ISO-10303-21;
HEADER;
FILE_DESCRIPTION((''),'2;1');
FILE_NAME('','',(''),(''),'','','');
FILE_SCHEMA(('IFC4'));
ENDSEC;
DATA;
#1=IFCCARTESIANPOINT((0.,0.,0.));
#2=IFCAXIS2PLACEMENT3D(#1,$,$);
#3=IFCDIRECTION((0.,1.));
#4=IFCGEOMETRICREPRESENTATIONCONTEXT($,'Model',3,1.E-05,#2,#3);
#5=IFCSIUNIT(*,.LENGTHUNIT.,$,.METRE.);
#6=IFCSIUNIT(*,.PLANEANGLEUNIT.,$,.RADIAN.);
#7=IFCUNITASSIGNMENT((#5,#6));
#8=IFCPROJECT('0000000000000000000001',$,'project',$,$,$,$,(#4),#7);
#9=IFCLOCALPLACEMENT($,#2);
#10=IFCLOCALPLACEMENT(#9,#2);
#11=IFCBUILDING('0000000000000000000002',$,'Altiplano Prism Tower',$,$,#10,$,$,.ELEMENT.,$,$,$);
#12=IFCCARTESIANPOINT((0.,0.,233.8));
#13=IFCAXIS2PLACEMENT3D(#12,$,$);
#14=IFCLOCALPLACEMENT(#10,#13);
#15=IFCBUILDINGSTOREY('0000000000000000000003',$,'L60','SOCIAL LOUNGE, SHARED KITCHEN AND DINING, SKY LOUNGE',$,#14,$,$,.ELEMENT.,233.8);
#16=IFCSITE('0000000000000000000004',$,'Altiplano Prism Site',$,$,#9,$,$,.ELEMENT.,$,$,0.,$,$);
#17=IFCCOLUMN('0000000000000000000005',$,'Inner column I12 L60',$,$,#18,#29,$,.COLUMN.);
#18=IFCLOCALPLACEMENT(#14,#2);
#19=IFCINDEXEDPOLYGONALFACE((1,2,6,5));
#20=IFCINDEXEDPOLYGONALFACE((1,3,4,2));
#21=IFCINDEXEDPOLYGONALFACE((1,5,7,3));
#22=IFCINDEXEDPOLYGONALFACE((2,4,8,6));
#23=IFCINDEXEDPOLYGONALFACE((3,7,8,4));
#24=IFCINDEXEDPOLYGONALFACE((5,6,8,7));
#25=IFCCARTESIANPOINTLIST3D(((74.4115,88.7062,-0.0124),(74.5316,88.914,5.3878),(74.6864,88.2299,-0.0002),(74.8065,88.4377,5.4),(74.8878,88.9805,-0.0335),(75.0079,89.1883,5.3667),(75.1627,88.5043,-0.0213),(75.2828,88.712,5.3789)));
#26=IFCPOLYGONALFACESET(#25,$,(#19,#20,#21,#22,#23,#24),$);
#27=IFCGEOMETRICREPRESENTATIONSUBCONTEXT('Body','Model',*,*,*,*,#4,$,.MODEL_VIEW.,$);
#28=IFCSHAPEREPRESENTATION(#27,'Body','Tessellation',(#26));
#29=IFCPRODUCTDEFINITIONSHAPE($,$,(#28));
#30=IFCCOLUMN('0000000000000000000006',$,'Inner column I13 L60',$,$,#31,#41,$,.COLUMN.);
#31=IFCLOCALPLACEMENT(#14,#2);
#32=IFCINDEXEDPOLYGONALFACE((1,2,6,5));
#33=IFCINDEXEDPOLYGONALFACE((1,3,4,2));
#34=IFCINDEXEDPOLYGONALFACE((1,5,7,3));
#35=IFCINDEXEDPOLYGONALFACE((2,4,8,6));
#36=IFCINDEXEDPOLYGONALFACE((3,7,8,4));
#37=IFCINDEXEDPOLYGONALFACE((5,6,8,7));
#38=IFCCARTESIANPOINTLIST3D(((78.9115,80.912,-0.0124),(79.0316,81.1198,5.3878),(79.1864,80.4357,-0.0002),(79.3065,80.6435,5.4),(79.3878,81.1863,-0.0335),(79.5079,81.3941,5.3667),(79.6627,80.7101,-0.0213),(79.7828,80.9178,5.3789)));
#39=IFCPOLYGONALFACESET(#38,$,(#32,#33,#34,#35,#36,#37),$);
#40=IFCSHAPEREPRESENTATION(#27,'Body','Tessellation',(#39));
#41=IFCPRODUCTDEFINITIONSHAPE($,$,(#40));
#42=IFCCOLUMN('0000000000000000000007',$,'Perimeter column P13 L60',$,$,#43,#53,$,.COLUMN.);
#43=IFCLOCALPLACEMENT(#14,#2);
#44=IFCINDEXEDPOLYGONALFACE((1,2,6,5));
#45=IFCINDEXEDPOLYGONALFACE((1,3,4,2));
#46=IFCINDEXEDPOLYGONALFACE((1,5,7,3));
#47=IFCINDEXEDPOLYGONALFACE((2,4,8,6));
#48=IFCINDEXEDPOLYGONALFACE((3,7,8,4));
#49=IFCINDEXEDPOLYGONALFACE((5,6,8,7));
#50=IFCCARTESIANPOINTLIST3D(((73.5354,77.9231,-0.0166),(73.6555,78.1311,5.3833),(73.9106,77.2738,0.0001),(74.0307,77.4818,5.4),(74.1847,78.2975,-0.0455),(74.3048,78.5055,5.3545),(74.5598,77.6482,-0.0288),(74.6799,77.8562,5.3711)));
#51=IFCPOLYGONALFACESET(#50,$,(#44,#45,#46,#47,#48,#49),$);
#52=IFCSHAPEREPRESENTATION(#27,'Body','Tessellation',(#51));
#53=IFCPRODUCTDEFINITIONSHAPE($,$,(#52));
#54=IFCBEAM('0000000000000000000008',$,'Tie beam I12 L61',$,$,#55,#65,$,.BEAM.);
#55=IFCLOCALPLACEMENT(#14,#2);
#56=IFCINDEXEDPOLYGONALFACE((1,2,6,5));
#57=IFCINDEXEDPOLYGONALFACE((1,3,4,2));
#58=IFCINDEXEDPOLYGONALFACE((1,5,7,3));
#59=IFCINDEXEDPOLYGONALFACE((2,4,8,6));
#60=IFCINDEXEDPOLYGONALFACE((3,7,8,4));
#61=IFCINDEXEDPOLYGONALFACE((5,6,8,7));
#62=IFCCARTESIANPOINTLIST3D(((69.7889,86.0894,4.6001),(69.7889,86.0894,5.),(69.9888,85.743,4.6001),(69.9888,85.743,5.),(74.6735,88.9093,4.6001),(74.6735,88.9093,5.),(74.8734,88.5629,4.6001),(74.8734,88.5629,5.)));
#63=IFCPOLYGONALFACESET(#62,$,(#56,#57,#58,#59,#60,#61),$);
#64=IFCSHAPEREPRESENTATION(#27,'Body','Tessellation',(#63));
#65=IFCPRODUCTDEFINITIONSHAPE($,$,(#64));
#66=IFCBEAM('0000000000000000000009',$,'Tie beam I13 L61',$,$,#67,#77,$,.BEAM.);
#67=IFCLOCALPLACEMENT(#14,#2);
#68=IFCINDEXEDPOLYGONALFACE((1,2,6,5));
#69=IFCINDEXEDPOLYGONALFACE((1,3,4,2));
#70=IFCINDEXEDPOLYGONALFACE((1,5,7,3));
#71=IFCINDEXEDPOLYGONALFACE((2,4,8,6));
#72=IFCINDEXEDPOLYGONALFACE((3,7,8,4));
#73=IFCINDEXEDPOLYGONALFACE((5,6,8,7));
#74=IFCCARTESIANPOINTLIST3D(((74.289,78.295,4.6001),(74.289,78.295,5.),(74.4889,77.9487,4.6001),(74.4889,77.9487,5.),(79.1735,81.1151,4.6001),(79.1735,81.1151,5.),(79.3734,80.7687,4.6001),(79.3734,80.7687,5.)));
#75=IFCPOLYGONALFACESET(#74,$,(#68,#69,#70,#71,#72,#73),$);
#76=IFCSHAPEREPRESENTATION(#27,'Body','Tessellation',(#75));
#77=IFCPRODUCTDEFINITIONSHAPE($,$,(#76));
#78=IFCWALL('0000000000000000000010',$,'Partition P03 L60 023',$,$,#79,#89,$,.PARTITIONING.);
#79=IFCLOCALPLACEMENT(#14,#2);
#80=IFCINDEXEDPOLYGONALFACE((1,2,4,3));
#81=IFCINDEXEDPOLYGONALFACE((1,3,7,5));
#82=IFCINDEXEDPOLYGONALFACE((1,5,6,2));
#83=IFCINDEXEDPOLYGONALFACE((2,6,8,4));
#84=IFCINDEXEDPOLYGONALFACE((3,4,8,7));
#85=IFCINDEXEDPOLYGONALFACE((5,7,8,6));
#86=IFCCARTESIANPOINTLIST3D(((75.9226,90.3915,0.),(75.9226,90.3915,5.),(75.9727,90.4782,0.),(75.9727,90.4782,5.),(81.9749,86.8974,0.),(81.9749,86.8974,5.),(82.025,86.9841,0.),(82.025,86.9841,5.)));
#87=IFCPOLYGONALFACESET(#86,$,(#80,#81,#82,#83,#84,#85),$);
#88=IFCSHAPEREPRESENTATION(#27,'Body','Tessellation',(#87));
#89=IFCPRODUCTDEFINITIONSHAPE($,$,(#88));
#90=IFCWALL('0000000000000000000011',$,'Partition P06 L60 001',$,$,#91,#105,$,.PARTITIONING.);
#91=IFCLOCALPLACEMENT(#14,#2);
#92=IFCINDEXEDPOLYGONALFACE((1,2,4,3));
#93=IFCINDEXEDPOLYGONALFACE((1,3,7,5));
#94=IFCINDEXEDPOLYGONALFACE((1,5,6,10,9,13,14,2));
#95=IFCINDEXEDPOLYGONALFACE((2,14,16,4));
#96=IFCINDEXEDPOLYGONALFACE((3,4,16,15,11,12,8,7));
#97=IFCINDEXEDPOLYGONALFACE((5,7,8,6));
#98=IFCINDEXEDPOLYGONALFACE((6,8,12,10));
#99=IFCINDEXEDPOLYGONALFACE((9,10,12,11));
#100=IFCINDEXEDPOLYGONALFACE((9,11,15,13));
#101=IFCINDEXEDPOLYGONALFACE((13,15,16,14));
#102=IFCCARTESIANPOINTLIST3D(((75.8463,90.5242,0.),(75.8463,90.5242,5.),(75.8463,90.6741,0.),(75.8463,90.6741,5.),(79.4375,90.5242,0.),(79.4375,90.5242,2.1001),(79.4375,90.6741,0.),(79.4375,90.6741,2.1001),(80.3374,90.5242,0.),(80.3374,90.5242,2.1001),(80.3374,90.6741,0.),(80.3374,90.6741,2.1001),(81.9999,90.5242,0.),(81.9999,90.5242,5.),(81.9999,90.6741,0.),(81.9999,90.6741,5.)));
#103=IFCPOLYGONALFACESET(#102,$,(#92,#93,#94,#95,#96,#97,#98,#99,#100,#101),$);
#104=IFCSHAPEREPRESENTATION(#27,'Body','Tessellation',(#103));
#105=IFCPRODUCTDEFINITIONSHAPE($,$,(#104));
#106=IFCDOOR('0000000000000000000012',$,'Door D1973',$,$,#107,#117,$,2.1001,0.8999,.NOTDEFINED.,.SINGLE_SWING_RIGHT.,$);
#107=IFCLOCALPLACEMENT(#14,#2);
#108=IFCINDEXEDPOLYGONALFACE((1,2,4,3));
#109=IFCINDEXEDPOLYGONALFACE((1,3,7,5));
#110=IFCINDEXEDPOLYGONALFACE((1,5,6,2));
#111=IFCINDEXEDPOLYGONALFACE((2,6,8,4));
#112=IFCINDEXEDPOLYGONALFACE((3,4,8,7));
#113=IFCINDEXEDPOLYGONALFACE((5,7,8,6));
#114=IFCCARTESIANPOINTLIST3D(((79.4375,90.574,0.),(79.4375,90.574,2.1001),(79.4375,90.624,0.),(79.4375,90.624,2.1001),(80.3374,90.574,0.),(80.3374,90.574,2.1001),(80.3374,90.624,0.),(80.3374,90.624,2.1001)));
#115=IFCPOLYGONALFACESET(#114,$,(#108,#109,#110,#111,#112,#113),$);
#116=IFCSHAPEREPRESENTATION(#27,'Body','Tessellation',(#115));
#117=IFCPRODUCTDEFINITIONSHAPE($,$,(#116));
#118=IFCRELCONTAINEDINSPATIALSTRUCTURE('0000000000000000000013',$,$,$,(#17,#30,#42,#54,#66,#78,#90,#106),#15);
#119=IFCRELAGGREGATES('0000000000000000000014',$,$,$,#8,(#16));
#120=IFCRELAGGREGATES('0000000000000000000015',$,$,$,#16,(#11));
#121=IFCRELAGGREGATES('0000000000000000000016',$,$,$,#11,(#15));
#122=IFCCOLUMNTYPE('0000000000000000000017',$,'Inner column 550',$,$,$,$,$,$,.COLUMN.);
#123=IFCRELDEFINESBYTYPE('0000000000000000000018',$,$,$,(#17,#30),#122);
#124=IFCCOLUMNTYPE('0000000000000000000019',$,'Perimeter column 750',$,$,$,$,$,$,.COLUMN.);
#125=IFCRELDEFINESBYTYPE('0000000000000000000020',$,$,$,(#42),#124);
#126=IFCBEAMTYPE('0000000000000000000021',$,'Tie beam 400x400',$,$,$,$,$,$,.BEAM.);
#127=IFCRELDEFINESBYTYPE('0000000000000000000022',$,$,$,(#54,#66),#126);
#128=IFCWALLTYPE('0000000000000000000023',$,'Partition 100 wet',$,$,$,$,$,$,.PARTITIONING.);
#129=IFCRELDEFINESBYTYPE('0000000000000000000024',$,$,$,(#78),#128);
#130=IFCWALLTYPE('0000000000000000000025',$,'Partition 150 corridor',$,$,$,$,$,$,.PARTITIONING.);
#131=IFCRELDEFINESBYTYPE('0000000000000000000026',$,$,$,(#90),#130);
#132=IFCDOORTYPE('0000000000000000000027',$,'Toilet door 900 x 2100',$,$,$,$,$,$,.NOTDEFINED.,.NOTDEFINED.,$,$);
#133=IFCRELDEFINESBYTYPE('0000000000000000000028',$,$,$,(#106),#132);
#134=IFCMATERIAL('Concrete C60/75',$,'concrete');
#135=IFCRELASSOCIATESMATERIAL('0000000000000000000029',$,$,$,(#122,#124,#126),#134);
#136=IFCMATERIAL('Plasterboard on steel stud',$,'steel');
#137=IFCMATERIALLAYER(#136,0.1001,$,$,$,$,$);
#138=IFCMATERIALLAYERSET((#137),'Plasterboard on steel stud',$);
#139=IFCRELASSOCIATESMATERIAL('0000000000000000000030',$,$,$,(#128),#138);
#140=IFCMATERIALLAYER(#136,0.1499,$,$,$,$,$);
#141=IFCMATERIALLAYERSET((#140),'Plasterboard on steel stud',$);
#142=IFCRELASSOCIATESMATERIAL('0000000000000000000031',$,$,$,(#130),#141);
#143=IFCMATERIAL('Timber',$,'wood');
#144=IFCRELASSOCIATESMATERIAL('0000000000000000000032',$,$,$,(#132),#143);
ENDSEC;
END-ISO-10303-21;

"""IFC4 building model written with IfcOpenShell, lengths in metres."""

from ifc_helpers import new_model, si_unit, direction, frame, frame_2d, origin, origin_2d, place, context, subcontext, project, spatial, rectangle, extrude, material, layer, layer_set, material_profile, profile_set, type_object, element, fill, save


model = new_model("IFC4")

# Units and contexts
model_context = context("Model", 3, precision=1e-05, world=origin(), true_north=direction((0.0, 1.0)))
body_context = subcontext(model_context, "Body", "Model", "MODEL_VIEW")
ifc_project = project(units=[si_unit("LENGTHUNIT", "METRE"), si_unit("PLANEANGLEUNIT", "RADIAN")], contexts=[model_context])

# Site, building, storey
site_placement = place(None, origin())
site = spatial("IfcSite", under=ifc_project, at=site_placement, Name="Altiplano Prism Site", CompositionType="ELEMENT", RefElevation=0.0)
building_placement = place(site_placement, origin())
building = spatial("IfcBuilding", under=site, at=building_placement, Name="Altiplano Prism Tower", CompositionType="ELEMENT")
storey_placement = place(building_placement, frame((0.0, 0.0, 233.8)))
storey = spatial("IfcBuildingStorey", under=building, at=storey_placement, Name="L60", Description="SOCIAL LOUNGE, SHARED KITCHEN AND DINING, SKY LOUNGE", CompositionType="ELEMENT", Elevation=233.8)

# Columns
ifc_material_1 = material(Name="Concrete C60/75", Category="concrete")
ifc_material_profile_1 = material_profile(ifc_material_1, rectangle(XDim=0.55, YDim=0.55, at=origin_2d()), Name="Inner column 550")
ifc_profile_set_1 = profile_set([ifc_material_profile_1], Name="Concrete C60/75")
column_type_1 = type_object("IfcColumnType", Name="Inner column 550", PredefinedType="COLUMN", material=ifc_profile_set_1)
for number, where, z_axis, x_axis, name in (
    (1, (74.7871, 88.6052, -0.0168), (0.022221, 0.038436, 0.999014), (-0.865894, -0.498748, 0.038449), "Inner column I12 L60"),
    (2, (79.2871, 80.811, -0.0168), (0.022221, 0.038436, 0.999014), (-0.865894, -0.498748, 0.038449), "Inner column I13 L60"),
):
    element("IfcColumn", number, at=place(storey_placement, frame(where, z_axis=z_axis, x_axis=x_axis)), inside=storey, type_object=column_type_1, Name=name, PredefinedType="COLUMN", context=body_context, shape_type="SweptSolid", body=[
        extrude(rectangle(XDim=0.55, YDim=0.55, at=origin_2d()), origin(), (0.0, 0.0, 1.0), 5.4055),
    ])
ifc_material_profile_2 = material_profile(ifc_material_1, rectangle(XDim=0.75, YDim=0.75, at=origin_2d()), Name="Perimeter column 750")
ifc_profile_set_2 = profile_set([ifc_material_profile_2], Name="Concrete C60/75")
column_type_2 = type_object("IfcColumnType", Name="Perimeter column 750", PredefinedType="COLUMN", material=ifc_profile_set_2)
column_placement = place(storey_placement, frame((74.0476, 77.7856, -0.0227), z_axis=(0.022222, 0.038483, 0.999012), x_axis=(-0.865639, -0.499187, 0.038485)))
element("IfcColumn", 3, at=column_placement, inside=storey, type_object=column_type_2, Name="Perimeter column P13 L60", PredefinedType="COLUMN", context=body_context, shape_type="SweptSolid", body=[
    extrude(rectangle(XDim=0.75, YDim=0.75, at=origin_2d()), origin(), (0.0, 0.0, 1.0), 5.4053),
])

# Beams
ifc_material_profile_3 = material_profile(ifc_material_1, rectangle(XDim=0.3999, YDim=0.3999, at=origin_2d()), Name="Tie beam 400x400")
ifc_profile_set_3 = profile_set([ifc_material_profile_3], Name="Concrete C60/75")
beam_type = type_object("IfcBeamType", Name="Tie beam 400x400", PredefinedType="BEAM", material=ifc_profile_set_3)
for number, where, z_axis, x_axis, name in (
    (4, (74.7734, 88.7361, 4.8), (-0.866045, -0.499966, 0.0), (0.499966, -0.866045, 0.0), "Tie beam I12 L61"),
    (5, (79.2734, 80.9419, 4.8), (-0.866026, -0.499998, 0.0), (0.499998, -0.866026, 0.0), "Tie beam I13 L61"),
):
    element("IfcBeam", number, at=place(storey_placement, frame(where, z_axis=z_axis, x_axis=x_axis)), inside=storey, type_object=beam_type, Name=name, PredefinedType="BEAM", context=body_context, shape_type="SweptSolid", body=[
        extrude(rectangle(XDim=0.3999, YDim=0.3999, at=origin_2d()), origin(), (0.0, 0.0, 1.0), 5.6401),
    ])

# Wall
ifc_material_2 = material(Name="Plasterboard on steel stud", Category="steel")
ifc_layer_1 = layer(ifc_material_2, 0.1001)
ifc_layer_set_1 = layer_set([ifc_layer_1], Name="Plasterboard on steel stud")
wall_type_1 = type_object("IfcWallType", Name="Partition 100 wet", PredefinedType="PARTITIONING", material=ifc_layer_set_1)
wall_1_placement = place(storey_placement, frame((75.9478, 90.4348, 0.0), z_axis=(0.0, 0.0, 1.0), x_axis=(0.866033, -0.499987, 0.0)))
element("IfcWall", 6, at=wall_1_placement, inside=storey, type_object=wall_type_1, Name="Partition P03 L60 023", PredefinedType="PARTITIONING", context=body_context, shape_type="SweptSolid", body=[
    extrude(rectangle(XDim=6.9885, YDim=0.1001, at=frame_2d((3.4941, 0.0))), origin(), (0.0, 0.0, 1.0), 5.0),
])

# Wall, opening, door
ifc_layer_2 = layer(ifc_material_2, 0.1499)
ifc_layer_set_2 = layer_set([ifc_layer_2], Name="Plasterboard on steel stud")
wall_type_2 = type_object("IfcWallType", Name="Partition 150 corridor", PredefinedType="PARTITIONING", material=ifc_layer_set_2)
wall_2_placement = place(storey_placement, frame((75.8464, 90.5991, 0.0), z_axis=(0.0, 0.0, 1.0), x_axis=(1.0, 0.0, 0.0)))
wall_2 = element("IfcWall", 7, at=wall_2_placement, inside=storey, type_object=wall_type_2, Name="Partition P06 L60 001", PredefinedType="PARTITIONING", context=body_context, shape_type="SweptSolid", body=[
    extrude(rectangle(XDim=6.1536, YDim=0.1499, at=frame_2d((3.0767, 0.0))), origin(), (0.0, 0.0, 1.0), 5.0),
])
opening_1_placement = place(wall_2_placement, frame((3.5911, 0.0, 0.0)))
opening_1 = element("IfcOpeningElement", 8, at=opening_1_placement, cuts=wall_2, PredefinedType="OPENING", context=body_context, shape_type="SweptSolid", body=[
    extrude(rectangle(XDim=0.8999, YDim=2.1001, at=frame_2d((0.45, 1.05))), frame((0.0, 0.0854, 0.0), z_axis=(0.0, -1.0, 0.0), x_axis=(1.0, 0.0, 0.0)), (0.0, 0.0, 1.0), 0.1709),
])
ifc_material_3 = material(Name="Timber", Category="wood")
door_type_1 = type_object("IfcDoorType", Name="Toilet door 900 x 2100", OperationType="NOTDEFINED", PredefinedType="NOTDEFINED", material=ifc_material_3)
door_1_placement = place(opening_1_placement, origin())
door_1 = element("IfcDoor", 9, at=door_1_placement, inside=storey, type_object=door_type_1, Name="Door D1973", OperationType="SINGLE_SWING_RIGHT", OverallHeight=2.1001, OverallWidth=0.8999, PredefinedType="NOTDEFINED", context=body_context, shape_type="SweptSolid", body=[
    extrude(rectangle(XDim=0.8999, YDim=2.1001, at=frame_2d((0.45, 1.05))), frame((0.0, 0.0249, 0.0), z_axis=(0.0, -1.0, 0.0), x_axis=(1.0, 0.0, 0.0)), (0.0, 0.0, 1.0), 0.05),
])
fill(opening_1, door_1)

save(model, "model.ifc")
